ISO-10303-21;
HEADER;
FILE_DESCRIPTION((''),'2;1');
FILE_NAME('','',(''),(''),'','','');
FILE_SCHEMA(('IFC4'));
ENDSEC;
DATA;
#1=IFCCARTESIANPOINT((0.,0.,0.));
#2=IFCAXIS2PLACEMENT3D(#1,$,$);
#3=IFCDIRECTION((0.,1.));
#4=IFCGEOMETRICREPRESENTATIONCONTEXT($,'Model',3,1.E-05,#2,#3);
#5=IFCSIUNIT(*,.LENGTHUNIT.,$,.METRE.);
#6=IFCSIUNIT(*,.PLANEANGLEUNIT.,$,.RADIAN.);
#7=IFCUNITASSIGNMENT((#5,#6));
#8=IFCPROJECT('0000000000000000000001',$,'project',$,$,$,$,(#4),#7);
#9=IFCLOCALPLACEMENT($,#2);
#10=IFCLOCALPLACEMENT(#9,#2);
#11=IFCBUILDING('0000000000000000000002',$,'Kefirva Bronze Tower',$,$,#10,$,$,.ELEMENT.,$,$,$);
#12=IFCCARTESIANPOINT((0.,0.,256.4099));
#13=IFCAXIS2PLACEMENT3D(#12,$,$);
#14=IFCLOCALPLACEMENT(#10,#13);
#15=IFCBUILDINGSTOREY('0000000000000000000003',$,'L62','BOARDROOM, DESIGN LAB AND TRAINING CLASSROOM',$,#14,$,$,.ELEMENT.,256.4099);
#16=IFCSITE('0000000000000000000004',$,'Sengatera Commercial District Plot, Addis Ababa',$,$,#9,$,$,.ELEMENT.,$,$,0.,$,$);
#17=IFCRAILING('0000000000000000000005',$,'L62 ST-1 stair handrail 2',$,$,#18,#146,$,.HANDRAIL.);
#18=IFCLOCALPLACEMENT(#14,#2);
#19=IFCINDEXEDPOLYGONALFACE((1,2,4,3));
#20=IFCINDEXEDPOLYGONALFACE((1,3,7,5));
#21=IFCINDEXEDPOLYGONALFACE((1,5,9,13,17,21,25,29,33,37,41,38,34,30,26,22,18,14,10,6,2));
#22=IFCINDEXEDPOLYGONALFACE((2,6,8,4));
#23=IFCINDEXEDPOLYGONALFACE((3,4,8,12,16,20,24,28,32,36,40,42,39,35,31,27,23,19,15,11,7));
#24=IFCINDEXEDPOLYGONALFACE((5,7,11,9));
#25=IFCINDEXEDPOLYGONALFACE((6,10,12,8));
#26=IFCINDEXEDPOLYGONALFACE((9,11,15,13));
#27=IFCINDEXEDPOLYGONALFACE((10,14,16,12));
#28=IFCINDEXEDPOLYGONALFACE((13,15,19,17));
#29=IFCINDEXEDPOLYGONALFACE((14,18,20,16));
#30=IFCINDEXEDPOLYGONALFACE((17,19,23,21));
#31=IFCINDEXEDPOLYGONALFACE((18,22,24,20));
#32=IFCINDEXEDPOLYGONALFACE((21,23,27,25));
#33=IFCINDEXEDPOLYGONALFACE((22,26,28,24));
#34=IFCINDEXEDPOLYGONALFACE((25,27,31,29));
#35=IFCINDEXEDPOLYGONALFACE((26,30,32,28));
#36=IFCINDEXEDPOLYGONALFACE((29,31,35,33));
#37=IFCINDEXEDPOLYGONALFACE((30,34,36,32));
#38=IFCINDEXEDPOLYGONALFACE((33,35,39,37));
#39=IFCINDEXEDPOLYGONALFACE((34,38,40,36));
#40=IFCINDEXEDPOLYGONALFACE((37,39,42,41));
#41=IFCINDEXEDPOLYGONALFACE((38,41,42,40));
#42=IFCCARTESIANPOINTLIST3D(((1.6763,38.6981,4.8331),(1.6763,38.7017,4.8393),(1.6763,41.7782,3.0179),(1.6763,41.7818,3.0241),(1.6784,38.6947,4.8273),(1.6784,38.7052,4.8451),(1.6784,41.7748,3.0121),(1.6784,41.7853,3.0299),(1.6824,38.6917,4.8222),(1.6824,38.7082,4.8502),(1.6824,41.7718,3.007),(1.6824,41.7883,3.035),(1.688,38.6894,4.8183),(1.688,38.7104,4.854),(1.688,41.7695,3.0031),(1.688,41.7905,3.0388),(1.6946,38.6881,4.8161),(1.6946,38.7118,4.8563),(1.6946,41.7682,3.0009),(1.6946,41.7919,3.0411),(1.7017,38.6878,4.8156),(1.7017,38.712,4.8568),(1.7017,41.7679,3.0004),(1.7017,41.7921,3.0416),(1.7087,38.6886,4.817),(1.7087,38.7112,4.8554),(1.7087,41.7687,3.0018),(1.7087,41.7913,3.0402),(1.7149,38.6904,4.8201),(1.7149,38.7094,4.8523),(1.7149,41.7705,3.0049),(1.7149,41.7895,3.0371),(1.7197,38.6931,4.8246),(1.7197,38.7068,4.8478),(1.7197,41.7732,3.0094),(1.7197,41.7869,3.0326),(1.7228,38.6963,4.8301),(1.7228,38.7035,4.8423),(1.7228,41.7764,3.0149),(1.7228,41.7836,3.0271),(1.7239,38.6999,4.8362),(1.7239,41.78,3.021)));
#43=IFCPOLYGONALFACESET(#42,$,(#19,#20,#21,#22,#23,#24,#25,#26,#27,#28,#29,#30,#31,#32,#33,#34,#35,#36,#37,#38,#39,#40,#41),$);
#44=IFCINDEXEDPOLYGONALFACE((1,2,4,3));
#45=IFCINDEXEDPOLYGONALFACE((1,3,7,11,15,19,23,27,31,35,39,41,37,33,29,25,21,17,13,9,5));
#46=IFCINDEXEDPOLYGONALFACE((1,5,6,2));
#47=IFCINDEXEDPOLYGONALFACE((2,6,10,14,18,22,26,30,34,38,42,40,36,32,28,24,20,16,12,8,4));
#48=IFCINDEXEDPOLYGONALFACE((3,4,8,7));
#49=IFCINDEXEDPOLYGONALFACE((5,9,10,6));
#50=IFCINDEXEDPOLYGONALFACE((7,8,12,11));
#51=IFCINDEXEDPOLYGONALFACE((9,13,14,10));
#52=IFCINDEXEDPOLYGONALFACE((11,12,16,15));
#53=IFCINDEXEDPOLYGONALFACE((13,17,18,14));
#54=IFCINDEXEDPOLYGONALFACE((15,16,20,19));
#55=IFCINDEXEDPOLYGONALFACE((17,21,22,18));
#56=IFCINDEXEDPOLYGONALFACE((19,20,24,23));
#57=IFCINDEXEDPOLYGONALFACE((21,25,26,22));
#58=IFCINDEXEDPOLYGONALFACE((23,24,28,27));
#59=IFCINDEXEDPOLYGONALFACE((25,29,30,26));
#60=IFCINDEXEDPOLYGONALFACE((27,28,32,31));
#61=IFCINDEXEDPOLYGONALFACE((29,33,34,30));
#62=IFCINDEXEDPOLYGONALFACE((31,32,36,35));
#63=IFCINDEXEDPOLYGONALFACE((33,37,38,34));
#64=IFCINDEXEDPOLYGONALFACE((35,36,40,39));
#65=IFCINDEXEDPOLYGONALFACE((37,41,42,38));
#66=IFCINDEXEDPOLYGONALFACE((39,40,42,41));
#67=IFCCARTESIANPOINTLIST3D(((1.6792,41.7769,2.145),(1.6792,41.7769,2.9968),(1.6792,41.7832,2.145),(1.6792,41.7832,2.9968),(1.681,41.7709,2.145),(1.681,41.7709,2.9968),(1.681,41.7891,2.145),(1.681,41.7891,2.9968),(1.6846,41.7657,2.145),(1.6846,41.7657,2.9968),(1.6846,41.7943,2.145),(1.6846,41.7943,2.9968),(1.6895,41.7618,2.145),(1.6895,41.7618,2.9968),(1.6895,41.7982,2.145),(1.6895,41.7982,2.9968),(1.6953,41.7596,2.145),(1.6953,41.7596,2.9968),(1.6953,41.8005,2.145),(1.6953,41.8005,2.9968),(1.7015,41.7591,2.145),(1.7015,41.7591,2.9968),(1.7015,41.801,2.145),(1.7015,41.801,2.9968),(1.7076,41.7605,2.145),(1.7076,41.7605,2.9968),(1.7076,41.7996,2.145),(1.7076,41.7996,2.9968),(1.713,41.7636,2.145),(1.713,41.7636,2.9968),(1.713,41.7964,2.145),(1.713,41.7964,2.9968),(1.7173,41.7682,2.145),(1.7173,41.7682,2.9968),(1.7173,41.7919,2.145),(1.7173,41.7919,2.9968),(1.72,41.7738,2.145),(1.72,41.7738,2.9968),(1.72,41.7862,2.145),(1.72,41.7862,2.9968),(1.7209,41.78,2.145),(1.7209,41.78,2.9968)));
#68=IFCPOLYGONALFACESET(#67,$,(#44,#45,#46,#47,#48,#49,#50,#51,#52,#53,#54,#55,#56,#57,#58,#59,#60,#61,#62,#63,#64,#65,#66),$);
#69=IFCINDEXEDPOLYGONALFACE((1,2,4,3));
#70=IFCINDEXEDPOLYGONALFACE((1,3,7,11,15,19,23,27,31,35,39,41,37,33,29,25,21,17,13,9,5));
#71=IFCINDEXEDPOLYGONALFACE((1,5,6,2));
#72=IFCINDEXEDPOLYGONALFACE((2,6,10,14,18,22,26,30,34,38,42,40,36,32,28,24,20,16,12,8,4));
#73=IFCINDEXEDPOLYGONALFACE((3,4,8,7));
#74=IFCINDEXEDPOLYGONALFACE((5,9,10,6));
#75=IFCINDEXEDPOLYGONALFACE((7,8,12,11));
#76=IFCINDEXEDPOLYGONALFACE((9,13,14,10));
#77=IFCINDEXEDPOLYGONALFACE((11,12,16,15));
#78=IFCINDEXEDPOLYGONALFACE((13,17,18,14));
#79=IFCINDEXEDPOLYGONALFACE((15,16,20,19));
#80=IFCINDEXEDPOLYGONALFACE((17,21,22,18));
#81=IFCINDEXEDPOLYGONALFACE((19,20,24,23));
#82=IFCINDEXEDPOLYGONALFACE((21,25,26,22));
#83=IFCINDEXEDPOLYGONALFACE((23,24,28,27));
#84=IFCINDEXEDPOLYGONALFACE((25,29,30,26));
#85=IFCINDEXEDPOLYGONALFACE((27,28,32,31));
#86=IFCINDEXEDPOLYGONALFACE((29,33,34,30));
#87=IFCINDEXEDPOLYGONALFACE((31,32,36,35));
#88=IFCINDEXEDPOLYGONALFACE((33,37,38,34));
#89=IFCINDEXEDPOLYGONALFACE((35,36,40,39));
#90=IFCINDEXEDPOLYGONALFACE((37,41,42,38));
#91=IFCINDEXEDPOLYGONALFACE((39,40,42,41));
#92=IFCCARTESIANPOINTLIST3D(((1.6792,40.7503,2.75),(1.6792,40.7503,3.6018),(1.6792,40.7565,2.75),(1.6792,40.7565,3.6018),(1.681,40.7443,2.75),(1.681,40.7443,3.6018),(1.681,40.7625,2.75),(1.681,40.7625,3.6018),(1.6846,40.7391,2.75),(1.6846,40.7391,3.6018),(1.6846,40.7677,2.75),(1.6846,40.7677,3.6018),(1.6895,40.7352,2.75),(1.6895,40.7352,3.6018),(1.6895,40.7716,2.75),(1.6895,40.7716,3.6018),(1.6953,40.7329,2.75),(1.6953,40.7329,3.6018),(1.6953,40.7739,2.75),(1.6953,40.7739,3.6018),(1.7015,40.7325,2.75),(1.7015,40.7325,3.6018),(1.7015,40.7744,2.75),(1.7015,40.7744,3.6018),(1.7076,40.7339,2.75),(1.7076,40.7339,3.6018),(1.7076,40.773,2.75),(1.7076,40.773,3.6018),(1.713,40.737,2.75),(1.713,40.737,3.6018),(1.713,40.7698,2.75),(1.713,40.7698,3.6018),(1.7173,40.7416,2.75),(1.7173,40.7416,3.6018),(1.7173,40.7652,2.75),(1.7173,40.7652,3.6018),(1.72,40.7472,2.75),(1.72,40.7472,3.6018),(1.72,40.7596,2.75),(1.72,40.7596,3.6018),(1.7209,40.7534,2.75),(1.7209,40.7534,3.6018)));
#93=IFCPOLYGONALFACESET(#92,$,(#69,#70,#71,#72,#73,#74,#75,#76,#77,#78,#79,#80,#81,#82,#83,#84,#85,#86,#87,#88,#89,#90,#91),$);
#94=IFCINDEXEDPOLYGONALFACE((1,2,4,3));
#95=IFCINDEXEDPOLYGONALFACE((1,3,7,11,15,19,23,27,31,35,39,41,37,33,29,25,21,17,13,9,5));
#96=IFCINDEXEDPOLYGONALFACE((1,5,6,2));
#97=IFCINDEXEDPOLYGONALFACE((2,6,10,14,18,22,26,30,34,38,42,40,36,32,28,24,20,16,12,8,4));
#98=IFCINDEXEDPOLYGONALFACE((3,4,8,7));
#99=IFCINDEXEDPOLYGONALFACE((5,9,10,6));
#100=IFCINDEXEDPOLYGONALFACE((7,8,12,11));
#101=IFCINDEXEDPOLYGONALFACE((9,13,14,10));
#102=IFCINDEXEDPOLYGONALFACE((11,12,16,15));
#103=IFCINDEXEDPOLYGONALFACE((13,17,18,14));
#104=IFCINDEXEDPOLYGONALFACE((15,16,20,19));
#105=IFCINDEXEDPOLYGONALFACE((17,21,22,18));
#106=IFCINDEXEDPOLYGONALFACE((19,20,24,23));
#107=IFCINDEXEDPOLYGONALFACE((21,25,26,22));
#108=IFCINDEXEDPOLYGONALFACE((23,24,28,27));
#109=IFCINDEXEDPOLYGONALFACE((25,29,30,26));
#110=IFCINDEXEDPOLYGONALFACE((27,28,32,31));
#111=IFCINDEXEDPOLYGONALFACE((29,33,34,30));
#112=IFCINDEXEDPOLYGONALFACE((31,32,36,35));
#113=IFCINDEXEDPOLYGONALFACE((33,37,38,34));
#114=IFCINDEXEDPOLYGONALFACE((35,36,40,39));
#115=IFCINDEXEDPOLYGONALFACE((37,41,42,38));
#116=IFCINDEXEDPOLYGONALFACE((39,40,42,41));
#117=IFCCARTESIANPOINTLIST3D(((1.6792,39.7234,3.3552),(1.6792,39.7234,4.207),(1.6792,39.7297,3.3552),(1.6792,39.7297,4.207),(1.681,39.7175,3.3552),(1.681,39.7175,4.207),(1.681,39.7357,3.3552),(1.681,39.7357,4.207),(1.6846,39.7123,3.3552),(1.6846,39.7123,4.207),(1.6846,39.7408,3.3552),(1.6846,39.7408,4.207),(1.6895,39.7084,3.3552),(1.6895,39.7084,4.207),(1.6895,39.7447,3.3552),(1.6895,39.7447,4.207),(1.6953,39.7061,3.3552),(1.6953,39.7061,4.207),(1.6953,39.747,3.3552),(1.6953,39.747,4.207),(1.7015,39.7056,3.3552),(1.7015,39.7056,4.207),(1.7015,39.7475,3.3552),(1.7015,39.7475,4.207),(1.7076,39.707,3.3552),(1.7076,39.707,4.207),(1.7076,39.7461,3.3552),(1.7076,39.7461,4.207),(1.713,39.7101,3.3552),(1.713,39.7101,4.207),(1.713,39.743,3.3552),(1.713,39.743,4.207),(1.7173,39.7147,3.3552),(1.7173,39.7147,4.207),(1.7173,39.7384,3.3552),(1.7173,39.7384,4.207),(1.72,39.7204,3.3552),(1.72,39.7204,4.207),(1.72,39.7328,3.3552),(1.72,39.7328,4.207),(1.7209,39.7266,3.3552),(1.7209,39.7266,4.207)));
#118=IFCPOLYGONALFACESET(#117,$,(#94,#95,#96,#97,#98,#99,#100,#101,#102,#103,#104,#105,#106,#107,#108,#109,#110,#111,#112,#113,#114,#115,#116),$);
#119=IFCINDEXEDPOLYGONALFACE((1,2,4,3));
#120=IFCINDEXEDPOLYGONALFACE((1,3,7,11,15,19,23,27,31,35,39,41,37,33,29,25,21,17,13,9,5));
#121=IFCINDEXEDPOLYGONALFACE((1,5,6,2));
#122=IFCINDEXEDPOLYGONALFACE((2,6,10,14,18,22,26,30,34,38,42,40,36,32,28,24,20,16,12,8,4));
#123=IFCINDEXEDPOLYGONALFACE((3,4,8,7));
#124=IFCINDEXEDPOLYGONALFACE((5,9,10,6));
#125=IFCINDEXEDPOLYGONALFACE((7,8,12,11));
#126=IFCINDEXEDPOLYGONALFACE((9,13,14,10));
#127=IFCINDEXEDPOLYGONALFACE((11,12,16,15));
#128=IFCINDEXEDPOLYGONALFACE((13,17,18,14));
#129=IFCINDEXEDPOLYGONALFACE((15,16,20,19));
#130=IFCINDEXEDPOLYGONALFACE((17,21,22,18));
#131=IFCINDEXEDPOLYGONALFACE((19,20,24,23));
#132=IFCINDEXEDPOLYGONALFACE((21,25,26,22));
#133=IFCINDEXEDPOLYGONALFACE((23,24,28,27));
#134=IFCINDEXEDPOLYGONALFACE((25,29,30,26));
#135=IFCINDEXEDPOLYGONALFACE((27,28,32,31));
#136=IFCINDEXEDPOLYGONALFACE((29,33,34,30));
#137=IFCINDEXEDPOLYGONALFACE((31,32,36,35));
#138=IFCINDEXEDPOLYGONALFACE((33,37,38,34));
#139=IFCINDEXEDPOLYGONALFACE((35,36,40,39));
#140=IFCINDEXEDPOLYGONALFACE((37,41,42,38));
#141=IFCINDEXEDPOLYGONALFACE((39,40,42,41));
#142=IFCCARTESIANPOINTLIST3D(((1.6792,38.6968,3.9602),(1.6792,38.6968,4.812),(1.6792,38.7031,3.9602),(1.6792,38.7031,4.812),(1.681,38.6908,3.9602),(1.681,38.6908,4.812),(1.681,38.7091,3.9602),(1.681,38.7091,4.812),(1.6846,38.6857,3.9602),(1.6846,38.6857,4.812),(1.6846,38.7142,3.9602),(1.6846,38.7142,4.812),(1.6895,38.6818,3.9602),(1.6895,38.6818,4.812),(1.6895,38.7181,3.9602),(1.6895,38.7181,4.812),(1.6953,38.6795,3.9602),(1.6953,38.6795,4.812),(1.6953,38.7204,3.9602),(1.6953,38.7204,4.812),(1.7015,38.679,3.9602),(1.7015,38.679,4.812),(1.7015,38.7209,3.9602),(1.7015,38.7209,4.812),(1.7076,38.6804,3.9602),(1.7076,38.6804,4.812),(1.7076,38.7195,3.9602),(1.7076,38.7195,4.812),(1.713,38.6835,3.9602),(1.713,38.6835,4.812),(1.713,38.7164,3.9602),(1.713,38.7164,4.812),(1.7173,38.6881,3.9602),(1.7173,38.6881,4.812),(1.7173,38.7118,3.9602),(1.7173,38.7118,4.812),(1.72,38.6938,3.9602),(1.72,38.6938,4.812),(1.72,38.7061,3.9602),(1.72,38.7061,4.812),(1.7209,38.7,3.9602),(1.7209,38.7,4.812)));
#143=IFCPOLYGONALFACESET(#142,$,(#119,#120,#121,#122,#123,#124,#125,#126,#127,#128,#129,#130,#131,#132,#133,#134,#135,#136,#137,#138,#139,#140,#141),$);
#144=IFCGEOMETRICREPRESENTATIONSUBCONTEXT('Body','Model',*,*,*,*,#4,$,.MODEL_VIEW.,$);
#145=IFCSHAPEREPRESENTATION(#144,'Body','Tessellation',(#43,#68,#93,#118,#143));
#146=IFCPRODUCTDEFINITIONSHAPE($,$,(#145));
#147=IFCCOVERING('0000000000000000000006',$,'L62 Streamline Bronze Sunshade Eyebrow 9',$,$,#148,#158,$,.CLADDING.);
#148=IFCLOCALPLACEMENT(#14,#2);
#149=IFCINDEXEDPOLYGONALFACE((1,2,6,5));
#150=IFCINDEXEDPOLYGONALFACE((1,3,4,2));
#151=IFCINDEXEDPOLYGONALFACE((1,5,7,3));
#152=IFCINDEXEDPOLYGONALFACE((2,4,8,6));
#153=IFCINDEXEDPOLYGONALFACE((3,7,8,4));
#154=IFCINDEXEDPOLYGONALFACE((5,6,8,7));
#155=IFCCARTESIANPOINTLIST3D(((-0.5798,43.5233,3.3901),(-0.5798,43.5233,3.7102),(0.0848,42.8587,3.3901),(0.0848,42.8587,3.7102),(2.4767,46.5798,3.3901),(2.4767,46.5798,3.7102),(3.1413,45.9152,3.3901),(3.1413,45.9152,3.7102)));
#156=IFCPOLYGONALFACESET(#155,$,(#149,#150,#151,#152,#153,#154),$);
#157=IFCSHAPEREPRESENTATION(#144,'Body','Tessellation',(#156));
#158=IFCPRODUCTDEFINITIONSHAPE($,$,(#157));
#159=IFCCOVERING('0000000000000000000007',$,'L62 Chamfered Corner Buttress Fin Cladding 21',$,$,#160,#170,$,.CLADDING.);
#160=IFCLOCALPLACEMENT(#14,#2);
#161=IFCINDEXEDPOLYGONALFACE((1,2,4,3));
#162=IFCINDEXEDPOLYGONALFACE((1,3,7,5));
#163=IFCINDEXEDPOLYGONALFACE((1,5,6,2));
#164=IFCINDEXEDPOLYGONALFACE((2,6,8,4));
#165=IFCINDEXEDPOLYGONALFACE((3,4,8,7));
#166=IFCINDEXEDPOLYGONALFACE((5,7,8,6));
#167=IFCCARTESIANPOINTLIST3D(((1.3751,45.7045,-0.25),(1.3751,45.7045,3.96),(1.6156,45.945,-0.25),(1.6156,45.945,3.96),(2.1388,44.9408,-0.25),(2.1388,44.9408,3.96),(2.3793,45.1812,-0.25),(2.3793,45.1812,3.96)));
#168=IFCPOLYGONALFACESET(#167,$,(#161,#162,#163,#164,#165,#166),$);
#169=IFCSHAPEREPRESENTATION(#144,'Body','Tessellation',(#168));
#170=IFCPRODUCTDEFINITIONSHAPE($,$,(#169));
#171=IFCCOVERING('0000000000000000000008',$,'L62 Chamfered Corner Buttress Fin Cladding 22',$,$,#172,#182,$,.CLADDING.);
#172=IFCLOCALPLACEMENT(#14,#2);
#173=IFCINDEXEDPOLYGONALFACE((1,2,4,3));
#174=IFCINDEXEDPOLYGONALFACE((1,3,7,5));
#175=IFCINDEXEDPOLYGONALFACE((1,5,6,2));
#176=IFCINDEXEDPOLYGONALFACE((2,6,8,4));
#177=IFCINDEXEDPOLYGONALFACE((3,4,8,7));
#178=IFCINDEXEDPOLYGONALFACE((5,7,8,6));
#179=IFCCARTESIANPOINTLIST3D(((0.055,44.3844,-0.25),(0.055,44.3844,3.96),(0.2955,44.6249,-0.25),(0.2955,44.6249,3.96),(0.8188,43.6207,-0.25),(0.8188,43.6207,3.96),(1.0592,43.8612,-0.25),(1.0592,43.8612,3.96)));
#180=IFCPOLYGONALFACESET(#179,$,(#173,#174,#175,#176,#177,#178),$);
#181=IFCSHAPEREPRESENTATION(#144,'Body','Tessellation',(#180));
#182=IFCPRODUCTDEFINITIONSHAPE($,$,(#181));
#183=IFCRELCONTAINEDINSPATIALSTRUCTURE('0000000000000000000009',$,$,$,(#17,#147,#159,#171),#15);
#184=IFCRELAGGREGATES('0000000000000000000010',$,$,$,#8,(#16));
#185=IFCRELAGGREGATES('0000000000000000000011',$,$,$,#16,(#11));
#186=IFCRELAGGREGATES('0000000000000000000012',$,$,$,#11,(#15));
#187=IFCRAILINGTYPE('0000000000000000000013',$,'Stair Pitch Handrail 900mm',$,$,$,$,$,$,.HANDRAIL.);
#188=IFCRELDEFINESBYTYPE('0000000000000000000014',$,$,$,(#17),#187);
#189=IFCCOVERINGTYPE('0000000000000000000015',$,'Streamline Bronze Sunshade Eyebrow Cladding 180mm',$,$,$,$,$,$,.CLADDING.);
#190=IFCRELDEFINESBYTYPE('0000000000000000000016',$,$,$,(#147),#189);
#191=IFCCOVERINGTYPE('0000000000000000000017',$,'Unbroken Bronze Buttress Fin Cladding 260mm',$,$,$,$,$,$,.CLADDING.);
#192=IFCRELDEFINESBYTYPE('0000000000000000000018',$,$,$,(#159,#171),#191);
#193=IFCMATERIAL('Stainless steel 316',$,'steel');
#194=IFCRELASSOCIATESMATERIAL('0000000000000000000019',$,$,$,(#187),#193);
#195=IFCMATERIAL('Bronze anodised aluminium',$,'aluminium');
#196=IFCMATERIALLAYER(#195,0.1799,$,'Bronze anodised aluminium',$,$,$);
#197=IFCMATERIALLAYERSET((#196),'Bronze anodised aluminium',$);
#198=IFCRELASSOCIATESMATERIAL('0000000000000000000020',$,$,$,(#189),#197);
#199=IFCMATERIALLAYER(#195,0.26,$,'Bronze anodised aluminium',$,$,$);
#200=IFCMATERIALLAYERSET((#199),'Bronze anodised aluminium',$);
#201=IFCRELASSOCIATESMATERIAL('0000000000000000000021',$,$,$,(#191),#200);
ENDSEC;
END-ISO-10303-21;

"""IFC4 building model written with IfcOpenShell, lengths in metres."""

from ifc_helpers import new_model, si_unit, direction, frame, origin, origin_2d, place, context, subcontext, project, spatial, rectangle, circle, extrude, material, layer, layer_set, type_object, element, save


model = new_model("IFC4")

# Units and contexts
model_context = context("Model", 3, precision=1e-05, world=origin(), true_north=direction((0.0, 1.0)))
body_context = subcontext(model_context, "Body", "Model", "MODEL_VIEW")
ifc_project = project(units=[si_unit("LENGTHUNIT", "METRE"), si_unit("PLANEANGLEUNIT", "RADIAN")], contexts=[model_context])

# Site, building, storey
site_placement = place(None, origin())
site = spatial("IfcSite", under=ifc_project, at=site_placement, Name="Sengatera Commercial District Plot, Addis Ababa", CompositionType="ELEMENT", RefElevation=0.0)
building_placement = place(site_placement, origin())
building = spatial("IfcBuilding", under=site, at=building_placement, Name="Kefirva Bronze Tower", CompositionType="ELEMENT")
storey_placement = place(building_placement, frame((0.0, 0.0, 256.4099)))
storey = spatial("IfcBuildingStorey", under=building, at=storey_placement, Name="L62", Description="BOARDROOM, DESIGN LAB AND TRAINING CLASSROOM", CompositionType="ELEMENT", Elevation=256.4099)

# Shared definitions
ifc_material_1 = material(Name="Bronze anodised aluminium", Category="aluminium")

# Railing
ifc_material_2 = material(Name="Stainless steel 316", Category="steel")
railing_type_1 = type_object("IfcRailingType", Name="Stair Pitch Handrail 900mm", PredefinedType="HANDRAIL", material=ifc_material_2)
railing_1_placement = place(storey_placement, frame((1.7, 41.78, 2.145)))
element("IfcRailing", 1, at=railing_1_placement, inside=storey, type_object=railing_type_1, Name="L62 ST-1 stair handrail 2", PredefinedType="HANDRAIL", context=body_context, shape_type="SweptSolid", body=[
    extrude(circle(Radius=0.0239, at=origin_2d()), frame((0.0, 0.0, 0.876), z_axis=(0.0, -0.861521, 0.507721), x_axis=(1.0, 0.0, 0.0)), (0.0, 0.0, 1.0), 3.5752),
    extrude(circle(Radius=0.021, at=origin_2d()), origin(), (0.0, 0.0, 1.0), 0.8518),
    extrude(circle(Radius=0.021, at=origin_2d()), frame((0.0, -1.0266, 0.605)), (0.0, 0.0, 1.0), 0.8518),
    extrude(circle(Radius=0.021, at=origin_2d()), frame((0.0, -2.0535, 1.2102)), (0.0, 0.0, 1.0), 0.8518),
    extrude(circle(Radius=0.021, at=origin_2d()), frame((0.0, -3.0801, 1.8152)), (0.0, 0.0, 1.0), 0.8518),
])

# Coverings
ifc_layer_1 = layer(ifc_material_1, 0.1799, Name="Bronze anodised aluminium")
ifc_layer_set_1 = layer_set([ifc_layer_1], Name="Bronze anodised aluminium")
covering_type_1 = type_object("IfcCoveringType", Name="Streamline Bronze Sunshade Eyebrow Cladding 180mm", PredefinedType="CLADDING", material=ifc_layer_set_1)
covering_1_placement = place(storey_placement, frame((1.2808, 44.7192, 3.3901), z_axis=(0.0, 0.0, 1.0), x_axis=(-0.707107, -0.707107, 0.0)))
element("IfcCovering", 2, at=covering_1_placement, inside=storey, type_object=covering_type_1, Name="L62 Streamline Bronze Sunshade Eyebrow 9", PredefinedType="CLADDING", context=body_context, shape_type="SweptSolid", body=[
    extrude(rectangle(XDim=4.3225, YDim=0.9399, at=origin_2d()), origin(), (0.0, 0.0, 1.0), 0.3201),
])
ifc_layer_2 = layer(ifc_material_1, 0.26, Name="Bronze anodised aluminium")
ifc_layer_set_2 = layer_set([ifc_layer_2], Name="Bronze anodised aluminium")
covering_type_2 = type_object("IfcCoveringType", Name="Unbroken Bronze Buttress Fin Cladding 260mm", PredefinedType="CLADDING", material=ifc_layer_set_2)
for number, where, z_axis, x_axis, name in (
    (3, (1.8772, 45.4429, -0.25), (0.0, 0.0, 1.0), (-0.707107, -0.707107, 0.0), "L62 Chamfered Corner Buttress Fin Cladding 21"),
    (4, (0.5571, 44.1228, -0.25), (0.0, 0.0, 1.0), (-0.707107, -0.707107, 0.0), "L62 Chamfered Corner Buttress Fin Cladding 22"),
):
    element("IfcCovering", number, at=place(storey_placement, frame(where, z_axis=z_axis, x_axis=x_axis)), inside=storey, type_object=covering_type_2, Name=name, PredefinedType="CLADDING", context=body_context, shape_type="SweptSolid", body=[
        extrude(rectangle(XDim=0.3401, YDim=1.0801, at=origin_2d()), origin(), (0.0, 0.0, 1.0), 4.21),
    ])

save(model, "model.ifc")
